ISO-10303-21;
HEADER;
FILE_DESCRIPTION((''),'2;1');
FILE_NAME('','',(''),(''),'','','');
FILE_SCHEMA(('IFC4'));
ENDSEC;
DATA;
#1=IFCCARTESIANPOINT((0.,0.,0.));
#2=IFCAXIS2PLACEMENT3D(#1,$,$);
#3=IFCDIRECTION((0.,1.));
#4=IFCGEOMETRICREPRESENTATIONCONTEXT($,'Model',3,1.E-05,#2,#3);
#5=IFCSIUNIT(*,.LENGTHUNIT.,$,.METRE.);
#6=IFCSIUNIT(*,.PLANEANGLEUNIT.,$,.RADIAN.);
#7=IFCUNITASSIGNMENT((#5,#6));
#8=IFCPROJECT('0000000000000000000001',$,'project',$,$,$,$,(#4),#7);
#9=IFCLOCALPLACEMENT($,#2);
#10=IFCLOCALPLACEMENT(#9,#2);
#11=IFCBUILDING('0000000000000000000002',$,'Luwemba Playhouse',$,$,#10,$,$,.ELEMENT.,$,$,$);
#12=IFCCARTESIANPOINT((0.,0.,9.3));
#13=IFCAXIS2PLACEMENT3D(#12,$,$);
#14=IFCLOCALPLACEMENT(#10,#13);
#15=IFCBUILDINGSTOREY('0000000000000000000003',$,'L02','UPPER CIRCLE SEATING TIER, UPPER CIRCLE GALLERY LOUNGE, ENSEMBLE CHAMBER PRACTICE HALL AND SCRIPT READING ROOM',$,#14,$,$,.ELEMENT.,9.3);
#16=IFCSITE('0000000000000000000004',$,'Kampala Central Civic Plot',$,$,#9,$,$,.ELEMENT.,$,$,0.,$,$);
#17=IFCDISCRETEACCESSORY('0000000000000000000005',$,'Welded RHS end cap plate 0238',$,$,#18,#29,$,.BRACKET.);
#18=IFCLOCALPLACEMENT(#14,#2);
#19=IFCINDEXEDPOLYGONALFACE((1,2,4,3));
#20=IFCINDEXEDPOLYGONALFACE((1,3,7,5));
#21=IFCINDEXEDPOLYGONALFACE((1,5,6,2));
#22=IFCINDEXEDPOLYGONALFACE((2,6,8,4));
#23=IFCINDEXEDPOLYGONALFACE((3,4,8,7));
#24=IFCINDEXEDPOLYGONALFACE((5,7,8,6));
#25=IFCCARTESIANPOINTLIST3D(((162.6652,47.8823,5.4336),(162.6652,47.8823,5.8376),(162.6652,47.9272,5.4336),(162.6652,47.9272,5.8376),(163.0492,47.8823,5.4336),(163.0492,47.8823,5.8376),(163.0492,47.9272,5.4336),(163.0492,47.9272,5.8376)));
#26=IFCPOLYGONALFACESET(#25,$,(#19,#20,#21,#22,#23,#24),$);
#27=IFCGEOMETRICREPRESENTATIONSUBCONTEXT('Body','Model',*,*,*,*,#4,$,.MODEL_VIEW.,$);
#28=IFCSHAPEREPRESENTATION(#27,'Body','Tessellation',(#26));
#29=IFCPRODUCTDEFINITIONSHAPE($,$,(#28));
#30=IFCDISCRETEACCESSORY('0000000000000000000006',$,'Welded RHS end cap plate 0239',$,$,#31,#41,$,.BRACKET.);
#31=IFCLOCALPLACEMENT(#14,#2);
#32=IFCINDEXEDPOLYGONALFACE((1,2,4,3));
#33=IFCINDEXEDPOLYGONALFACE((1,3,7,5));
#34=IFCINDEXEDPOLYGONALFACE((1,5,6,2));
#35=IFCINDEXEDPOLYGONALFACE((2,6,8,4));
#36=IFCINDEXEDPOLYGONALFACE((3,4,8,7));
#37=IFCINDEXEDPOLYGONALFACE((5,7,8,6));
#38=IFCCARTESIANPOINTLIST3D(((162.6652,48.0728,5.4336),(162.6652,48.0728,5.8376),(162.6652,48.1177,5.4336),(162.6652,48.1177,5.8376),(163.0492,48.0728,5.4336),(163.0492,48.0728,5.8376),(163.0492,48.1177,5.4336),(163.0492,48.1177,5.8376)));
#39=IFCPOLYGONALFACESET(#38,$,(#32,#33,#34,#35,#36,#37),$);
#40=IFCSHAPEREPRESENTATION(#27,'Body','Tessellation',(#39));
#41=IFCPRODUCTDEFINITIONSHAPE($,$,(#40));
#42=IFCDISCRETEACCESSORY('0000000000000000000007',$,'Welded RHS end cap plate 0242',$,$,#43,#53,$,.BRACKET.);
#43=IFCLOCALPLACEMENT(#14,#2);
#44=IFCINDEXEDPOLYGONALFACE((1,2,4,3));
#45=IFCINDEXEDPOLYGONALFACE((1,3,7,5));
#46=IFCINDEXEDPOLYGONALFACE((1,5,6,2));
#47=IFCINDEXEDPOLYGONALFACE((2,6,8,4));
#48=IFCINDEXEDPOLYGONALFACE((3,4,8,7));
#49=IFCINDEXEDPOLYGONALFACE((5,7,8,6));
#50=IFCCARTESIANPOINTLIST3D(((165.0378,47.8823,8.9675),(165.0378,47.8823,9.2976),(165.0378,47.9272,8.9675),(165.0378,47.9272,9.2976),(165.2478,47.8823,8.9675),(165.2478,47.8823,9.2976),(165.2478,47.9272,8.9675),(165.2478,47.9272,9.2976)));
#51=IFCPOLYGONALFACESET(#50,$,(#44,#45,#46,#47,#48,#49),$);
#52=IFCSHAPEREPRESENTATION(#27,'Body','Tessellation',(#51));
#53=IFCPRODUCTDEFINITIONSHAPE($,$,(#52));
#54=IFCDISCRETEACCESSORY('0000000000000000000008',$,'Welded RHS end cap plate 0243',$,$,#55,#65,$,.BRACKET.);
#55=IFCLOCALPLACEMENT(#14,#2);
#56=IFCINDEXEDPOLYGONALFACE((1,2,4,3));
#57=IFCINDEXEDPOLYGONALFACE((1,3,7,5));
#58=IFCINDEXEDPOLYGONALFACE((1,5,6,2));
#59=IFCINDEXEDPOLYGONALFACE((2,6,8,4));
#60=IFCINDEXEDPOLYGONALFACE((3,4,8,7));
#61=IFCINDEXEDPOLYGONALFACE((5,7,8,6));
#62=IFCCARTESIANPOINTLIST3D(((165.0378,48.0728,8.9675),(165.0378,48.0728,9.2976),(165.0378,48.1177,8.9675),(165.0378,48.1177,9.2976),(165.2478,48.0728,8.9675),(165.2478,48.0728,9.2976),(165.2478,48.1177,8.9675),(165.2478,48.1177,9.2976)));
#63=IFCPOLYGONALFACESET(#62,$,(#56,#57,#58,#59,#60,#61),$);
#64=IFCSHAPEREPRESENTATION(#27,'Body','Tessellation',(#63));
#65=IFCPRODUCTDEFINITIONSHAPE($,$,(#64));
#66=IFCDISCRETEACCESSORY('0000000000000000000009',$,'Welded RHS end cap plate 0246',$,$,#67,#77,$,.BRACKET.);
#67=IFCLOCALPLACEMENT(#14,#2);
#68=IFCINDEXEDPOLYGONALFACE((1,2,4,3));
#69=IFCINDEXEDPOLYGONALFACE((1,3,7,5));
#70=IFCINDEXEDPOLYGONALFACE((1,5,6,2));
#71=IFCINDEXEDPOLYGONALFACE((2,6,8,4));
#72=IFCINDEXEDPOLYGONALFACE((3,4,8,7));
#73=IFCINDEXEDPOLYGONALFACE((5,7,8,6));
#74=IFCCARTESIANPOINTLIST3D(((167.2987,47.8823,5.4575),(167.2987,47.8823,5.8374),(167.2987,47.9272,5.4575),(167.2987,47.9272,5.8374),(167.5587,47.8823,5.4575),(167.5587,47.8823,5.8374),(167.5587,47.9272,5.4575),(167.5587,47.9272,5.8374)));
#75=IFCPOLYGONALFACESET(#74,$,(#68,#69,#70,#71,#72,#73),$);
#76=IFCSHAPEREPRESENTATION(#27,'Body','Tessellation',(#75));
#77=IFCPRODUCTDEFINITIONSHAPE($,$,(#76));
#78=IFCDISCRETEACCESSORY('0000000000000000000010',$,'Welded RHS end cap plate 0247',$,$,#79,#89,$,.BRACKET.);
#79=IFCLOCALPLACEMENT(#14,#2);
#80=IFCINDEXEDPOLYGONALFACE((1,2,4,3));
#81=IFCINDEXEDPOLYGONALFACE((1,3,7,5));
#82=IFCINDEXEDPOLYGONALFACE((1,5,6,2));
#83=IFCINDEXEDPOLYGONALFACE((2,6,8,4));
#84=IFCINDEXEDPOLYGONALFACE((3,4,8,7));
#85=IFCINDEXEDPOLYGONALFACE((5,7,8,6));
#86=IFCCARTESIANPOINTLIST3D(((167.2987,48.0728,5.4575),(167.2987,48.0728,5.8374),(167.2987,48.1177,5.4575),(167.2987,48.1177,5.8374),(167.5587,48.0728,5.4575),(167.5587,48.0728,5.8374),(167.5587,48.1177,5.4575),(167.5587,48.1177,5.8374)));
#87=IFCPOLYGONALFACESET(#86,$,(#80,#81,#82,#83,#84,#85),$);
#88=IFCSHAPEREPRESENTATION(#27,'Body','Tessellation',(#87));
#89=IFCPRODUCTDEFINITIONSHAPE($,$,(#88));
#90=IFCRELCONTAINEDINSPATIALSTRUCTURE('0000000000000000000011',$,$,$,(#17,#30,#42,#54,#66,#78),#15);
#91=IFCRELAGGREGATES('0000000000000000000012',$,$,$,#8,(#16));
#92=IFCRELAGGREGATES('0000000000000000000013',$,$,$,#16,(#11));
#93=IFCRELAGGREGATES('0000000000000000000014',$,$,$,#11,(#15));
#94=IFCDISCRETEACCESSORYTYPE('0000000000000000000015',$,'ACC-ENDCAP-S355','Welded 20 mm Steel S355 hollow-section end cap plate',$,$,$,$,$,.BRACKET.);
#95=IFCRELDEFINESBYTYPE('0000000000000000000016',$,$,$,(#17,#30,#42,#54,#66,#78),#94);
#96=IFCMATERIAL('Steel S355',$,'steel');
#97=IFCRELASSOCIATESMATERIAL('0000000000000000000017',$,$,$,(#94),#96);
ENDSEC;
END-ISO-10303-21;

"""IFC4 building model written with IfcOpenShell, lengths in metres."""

from ifc_helpers import new_model, si_unit, direction, frame, origin, origin_2d, place, context, subcontext, project, spatial, rectangle, extrude, material, type_object, element, save


model = new_model("IFC4")

# Units and contexts
model_context = context("Model", 3, precision=1e-05, world=origin(), true_north=direction((0.0, 1.0)))
body_context = subcontext(model_context, "Body", "Model", "MODEL_VIEW")
ifc_project = project(units=[si_unit("LENGTHUNIT", "METRE"), si_unit("PLANEANGLEUNIT", "RADIAN")], contexts=[model_context])

# Site, building, storey
site_placement = place(None, origin())
site = spatial("IfcSite", under=ifc_project, at=site_placement, Name="Kampala Central Civic Plot", CompositionType="ELEMENT", RefElevation=0.0)
building_placement = place(site_placement, origin())
building = spatial("IfcBuilding", under=site, at=building_placement, Name="Luwemba Playhouse", CompositionType="ELEMENT")
storey_placement = place(building_placement, frame((0.0, 0.0, 9.3)))
storey = spatial("IfcBuildingStorey", under=building, at=storey_placement, Name="L02", Description="UPPER CIRCLE SEATING TIER, UPPER CIRCLE GALLERY LOUNGE, ENSEMBLE CHAMBER PRACTICE HALL AND SCRIPT READING ROOM", CompositionType="ELEMENT", Elevation=9.3)

# Shared definitions
ifc_material_1 = material(Name="Steel S355", Category="steel")

# Discrete accessories
discrete_accessory_type = type_object("IfcDiscreteAccessoryType", Name="ACC-ENDCAP-S355", Description="Welded 20 mm Steel S355 hollow-section end cap plate", PredefinedType="BRACKET", material=ifc_material_1)
for number, where, z_axis, x_axis, name in (
    (1, (162.8572, 47.9048, 5.4336), (0.0, 0.0, 1.0), (1.0, 0.0, 0.0), "Welded RHS end cap plate 0238"),
    (2, (162.8572, 48.0952, 5.4336), (0.0, 0.0, 1.0), (1.0, 0.0, 0.0), "Welded RHS end cap plate 0239"),
):
    element("IfcDiscreteAccessory", number, at=place(storey_placement, frame(where, z_axis=z_axis, x_axis=x_axis)), inside=storey, type_object=discrete_accessory_type, Name=name, PredefinedType="BRACKET", context=body_context, shape_type="SweptSolid", body=[
        extrude(rectangle(XDim=0.384, YDim=0.0449, at=origin_2d()), origin(), (0.0, 0.0, 1.0), 0.4041),
    ])
for number, where, z_axis, x_axis, name in (
    (3, (165.1428, 47.9048, 8.9675), (0.0, 0.0, 1.0), (1.0, 0.0, 0.0), "Welded RHS end cap plate 0242"),
    (4, (165.1428, 48.0952, 8.9675), (0.0, 0.0, 1.0), (1.0, 0.0, 0.0), "Welded RHS end cap plate 0243"),
):
    element("IfcDiscreteAccessory", number, at=place(storey_placement, frame(where, z_axis=z_axis, x_axis=x_axis)), inside=storey, type_object=discrete_accessory_type, Name=name, PredefinedType="BRACKET", context=body_context, shape_type="SweptSolid", body=[
        extrude(rectangle(XDim=0.21, YDim=0.0449, at=origin_2d()), origin(), (0.0, 0.0, 1.0), 0.3301),
    ])
for number, where, z_axis, x_axis, name in (
    (5, (167.4287, 47.9048, 5.4575), (0.0, 0.0, 1.0), (1.0, 0.0, 0.0), "Welded RHS end cap plate 0246"),
    (6, (167.4287, 48.0952, 5.4575), (0.0, 0.0, 1.0), (1.0, 0.0, 0.0), "Welded RHS end cap plate 0247"),
):
    element("IfcDiscreteAccessory", number, at=place(storey_placement, frame(where, z_axis=z_axis, x_axis=x_axis)), inside=storey, type_object=discrete_accessory_type, Name=name, PredefinedType="BRACKET", context=body_context, shape_type="SweptSolid", body=[
        extrude(rectangle(XDim=0.26, YDim=0.0449, at=origin_2d()), origin(), (0.0, 0.0, 1.0), 0.3799),
    ])

save(model, "model.ifc")
